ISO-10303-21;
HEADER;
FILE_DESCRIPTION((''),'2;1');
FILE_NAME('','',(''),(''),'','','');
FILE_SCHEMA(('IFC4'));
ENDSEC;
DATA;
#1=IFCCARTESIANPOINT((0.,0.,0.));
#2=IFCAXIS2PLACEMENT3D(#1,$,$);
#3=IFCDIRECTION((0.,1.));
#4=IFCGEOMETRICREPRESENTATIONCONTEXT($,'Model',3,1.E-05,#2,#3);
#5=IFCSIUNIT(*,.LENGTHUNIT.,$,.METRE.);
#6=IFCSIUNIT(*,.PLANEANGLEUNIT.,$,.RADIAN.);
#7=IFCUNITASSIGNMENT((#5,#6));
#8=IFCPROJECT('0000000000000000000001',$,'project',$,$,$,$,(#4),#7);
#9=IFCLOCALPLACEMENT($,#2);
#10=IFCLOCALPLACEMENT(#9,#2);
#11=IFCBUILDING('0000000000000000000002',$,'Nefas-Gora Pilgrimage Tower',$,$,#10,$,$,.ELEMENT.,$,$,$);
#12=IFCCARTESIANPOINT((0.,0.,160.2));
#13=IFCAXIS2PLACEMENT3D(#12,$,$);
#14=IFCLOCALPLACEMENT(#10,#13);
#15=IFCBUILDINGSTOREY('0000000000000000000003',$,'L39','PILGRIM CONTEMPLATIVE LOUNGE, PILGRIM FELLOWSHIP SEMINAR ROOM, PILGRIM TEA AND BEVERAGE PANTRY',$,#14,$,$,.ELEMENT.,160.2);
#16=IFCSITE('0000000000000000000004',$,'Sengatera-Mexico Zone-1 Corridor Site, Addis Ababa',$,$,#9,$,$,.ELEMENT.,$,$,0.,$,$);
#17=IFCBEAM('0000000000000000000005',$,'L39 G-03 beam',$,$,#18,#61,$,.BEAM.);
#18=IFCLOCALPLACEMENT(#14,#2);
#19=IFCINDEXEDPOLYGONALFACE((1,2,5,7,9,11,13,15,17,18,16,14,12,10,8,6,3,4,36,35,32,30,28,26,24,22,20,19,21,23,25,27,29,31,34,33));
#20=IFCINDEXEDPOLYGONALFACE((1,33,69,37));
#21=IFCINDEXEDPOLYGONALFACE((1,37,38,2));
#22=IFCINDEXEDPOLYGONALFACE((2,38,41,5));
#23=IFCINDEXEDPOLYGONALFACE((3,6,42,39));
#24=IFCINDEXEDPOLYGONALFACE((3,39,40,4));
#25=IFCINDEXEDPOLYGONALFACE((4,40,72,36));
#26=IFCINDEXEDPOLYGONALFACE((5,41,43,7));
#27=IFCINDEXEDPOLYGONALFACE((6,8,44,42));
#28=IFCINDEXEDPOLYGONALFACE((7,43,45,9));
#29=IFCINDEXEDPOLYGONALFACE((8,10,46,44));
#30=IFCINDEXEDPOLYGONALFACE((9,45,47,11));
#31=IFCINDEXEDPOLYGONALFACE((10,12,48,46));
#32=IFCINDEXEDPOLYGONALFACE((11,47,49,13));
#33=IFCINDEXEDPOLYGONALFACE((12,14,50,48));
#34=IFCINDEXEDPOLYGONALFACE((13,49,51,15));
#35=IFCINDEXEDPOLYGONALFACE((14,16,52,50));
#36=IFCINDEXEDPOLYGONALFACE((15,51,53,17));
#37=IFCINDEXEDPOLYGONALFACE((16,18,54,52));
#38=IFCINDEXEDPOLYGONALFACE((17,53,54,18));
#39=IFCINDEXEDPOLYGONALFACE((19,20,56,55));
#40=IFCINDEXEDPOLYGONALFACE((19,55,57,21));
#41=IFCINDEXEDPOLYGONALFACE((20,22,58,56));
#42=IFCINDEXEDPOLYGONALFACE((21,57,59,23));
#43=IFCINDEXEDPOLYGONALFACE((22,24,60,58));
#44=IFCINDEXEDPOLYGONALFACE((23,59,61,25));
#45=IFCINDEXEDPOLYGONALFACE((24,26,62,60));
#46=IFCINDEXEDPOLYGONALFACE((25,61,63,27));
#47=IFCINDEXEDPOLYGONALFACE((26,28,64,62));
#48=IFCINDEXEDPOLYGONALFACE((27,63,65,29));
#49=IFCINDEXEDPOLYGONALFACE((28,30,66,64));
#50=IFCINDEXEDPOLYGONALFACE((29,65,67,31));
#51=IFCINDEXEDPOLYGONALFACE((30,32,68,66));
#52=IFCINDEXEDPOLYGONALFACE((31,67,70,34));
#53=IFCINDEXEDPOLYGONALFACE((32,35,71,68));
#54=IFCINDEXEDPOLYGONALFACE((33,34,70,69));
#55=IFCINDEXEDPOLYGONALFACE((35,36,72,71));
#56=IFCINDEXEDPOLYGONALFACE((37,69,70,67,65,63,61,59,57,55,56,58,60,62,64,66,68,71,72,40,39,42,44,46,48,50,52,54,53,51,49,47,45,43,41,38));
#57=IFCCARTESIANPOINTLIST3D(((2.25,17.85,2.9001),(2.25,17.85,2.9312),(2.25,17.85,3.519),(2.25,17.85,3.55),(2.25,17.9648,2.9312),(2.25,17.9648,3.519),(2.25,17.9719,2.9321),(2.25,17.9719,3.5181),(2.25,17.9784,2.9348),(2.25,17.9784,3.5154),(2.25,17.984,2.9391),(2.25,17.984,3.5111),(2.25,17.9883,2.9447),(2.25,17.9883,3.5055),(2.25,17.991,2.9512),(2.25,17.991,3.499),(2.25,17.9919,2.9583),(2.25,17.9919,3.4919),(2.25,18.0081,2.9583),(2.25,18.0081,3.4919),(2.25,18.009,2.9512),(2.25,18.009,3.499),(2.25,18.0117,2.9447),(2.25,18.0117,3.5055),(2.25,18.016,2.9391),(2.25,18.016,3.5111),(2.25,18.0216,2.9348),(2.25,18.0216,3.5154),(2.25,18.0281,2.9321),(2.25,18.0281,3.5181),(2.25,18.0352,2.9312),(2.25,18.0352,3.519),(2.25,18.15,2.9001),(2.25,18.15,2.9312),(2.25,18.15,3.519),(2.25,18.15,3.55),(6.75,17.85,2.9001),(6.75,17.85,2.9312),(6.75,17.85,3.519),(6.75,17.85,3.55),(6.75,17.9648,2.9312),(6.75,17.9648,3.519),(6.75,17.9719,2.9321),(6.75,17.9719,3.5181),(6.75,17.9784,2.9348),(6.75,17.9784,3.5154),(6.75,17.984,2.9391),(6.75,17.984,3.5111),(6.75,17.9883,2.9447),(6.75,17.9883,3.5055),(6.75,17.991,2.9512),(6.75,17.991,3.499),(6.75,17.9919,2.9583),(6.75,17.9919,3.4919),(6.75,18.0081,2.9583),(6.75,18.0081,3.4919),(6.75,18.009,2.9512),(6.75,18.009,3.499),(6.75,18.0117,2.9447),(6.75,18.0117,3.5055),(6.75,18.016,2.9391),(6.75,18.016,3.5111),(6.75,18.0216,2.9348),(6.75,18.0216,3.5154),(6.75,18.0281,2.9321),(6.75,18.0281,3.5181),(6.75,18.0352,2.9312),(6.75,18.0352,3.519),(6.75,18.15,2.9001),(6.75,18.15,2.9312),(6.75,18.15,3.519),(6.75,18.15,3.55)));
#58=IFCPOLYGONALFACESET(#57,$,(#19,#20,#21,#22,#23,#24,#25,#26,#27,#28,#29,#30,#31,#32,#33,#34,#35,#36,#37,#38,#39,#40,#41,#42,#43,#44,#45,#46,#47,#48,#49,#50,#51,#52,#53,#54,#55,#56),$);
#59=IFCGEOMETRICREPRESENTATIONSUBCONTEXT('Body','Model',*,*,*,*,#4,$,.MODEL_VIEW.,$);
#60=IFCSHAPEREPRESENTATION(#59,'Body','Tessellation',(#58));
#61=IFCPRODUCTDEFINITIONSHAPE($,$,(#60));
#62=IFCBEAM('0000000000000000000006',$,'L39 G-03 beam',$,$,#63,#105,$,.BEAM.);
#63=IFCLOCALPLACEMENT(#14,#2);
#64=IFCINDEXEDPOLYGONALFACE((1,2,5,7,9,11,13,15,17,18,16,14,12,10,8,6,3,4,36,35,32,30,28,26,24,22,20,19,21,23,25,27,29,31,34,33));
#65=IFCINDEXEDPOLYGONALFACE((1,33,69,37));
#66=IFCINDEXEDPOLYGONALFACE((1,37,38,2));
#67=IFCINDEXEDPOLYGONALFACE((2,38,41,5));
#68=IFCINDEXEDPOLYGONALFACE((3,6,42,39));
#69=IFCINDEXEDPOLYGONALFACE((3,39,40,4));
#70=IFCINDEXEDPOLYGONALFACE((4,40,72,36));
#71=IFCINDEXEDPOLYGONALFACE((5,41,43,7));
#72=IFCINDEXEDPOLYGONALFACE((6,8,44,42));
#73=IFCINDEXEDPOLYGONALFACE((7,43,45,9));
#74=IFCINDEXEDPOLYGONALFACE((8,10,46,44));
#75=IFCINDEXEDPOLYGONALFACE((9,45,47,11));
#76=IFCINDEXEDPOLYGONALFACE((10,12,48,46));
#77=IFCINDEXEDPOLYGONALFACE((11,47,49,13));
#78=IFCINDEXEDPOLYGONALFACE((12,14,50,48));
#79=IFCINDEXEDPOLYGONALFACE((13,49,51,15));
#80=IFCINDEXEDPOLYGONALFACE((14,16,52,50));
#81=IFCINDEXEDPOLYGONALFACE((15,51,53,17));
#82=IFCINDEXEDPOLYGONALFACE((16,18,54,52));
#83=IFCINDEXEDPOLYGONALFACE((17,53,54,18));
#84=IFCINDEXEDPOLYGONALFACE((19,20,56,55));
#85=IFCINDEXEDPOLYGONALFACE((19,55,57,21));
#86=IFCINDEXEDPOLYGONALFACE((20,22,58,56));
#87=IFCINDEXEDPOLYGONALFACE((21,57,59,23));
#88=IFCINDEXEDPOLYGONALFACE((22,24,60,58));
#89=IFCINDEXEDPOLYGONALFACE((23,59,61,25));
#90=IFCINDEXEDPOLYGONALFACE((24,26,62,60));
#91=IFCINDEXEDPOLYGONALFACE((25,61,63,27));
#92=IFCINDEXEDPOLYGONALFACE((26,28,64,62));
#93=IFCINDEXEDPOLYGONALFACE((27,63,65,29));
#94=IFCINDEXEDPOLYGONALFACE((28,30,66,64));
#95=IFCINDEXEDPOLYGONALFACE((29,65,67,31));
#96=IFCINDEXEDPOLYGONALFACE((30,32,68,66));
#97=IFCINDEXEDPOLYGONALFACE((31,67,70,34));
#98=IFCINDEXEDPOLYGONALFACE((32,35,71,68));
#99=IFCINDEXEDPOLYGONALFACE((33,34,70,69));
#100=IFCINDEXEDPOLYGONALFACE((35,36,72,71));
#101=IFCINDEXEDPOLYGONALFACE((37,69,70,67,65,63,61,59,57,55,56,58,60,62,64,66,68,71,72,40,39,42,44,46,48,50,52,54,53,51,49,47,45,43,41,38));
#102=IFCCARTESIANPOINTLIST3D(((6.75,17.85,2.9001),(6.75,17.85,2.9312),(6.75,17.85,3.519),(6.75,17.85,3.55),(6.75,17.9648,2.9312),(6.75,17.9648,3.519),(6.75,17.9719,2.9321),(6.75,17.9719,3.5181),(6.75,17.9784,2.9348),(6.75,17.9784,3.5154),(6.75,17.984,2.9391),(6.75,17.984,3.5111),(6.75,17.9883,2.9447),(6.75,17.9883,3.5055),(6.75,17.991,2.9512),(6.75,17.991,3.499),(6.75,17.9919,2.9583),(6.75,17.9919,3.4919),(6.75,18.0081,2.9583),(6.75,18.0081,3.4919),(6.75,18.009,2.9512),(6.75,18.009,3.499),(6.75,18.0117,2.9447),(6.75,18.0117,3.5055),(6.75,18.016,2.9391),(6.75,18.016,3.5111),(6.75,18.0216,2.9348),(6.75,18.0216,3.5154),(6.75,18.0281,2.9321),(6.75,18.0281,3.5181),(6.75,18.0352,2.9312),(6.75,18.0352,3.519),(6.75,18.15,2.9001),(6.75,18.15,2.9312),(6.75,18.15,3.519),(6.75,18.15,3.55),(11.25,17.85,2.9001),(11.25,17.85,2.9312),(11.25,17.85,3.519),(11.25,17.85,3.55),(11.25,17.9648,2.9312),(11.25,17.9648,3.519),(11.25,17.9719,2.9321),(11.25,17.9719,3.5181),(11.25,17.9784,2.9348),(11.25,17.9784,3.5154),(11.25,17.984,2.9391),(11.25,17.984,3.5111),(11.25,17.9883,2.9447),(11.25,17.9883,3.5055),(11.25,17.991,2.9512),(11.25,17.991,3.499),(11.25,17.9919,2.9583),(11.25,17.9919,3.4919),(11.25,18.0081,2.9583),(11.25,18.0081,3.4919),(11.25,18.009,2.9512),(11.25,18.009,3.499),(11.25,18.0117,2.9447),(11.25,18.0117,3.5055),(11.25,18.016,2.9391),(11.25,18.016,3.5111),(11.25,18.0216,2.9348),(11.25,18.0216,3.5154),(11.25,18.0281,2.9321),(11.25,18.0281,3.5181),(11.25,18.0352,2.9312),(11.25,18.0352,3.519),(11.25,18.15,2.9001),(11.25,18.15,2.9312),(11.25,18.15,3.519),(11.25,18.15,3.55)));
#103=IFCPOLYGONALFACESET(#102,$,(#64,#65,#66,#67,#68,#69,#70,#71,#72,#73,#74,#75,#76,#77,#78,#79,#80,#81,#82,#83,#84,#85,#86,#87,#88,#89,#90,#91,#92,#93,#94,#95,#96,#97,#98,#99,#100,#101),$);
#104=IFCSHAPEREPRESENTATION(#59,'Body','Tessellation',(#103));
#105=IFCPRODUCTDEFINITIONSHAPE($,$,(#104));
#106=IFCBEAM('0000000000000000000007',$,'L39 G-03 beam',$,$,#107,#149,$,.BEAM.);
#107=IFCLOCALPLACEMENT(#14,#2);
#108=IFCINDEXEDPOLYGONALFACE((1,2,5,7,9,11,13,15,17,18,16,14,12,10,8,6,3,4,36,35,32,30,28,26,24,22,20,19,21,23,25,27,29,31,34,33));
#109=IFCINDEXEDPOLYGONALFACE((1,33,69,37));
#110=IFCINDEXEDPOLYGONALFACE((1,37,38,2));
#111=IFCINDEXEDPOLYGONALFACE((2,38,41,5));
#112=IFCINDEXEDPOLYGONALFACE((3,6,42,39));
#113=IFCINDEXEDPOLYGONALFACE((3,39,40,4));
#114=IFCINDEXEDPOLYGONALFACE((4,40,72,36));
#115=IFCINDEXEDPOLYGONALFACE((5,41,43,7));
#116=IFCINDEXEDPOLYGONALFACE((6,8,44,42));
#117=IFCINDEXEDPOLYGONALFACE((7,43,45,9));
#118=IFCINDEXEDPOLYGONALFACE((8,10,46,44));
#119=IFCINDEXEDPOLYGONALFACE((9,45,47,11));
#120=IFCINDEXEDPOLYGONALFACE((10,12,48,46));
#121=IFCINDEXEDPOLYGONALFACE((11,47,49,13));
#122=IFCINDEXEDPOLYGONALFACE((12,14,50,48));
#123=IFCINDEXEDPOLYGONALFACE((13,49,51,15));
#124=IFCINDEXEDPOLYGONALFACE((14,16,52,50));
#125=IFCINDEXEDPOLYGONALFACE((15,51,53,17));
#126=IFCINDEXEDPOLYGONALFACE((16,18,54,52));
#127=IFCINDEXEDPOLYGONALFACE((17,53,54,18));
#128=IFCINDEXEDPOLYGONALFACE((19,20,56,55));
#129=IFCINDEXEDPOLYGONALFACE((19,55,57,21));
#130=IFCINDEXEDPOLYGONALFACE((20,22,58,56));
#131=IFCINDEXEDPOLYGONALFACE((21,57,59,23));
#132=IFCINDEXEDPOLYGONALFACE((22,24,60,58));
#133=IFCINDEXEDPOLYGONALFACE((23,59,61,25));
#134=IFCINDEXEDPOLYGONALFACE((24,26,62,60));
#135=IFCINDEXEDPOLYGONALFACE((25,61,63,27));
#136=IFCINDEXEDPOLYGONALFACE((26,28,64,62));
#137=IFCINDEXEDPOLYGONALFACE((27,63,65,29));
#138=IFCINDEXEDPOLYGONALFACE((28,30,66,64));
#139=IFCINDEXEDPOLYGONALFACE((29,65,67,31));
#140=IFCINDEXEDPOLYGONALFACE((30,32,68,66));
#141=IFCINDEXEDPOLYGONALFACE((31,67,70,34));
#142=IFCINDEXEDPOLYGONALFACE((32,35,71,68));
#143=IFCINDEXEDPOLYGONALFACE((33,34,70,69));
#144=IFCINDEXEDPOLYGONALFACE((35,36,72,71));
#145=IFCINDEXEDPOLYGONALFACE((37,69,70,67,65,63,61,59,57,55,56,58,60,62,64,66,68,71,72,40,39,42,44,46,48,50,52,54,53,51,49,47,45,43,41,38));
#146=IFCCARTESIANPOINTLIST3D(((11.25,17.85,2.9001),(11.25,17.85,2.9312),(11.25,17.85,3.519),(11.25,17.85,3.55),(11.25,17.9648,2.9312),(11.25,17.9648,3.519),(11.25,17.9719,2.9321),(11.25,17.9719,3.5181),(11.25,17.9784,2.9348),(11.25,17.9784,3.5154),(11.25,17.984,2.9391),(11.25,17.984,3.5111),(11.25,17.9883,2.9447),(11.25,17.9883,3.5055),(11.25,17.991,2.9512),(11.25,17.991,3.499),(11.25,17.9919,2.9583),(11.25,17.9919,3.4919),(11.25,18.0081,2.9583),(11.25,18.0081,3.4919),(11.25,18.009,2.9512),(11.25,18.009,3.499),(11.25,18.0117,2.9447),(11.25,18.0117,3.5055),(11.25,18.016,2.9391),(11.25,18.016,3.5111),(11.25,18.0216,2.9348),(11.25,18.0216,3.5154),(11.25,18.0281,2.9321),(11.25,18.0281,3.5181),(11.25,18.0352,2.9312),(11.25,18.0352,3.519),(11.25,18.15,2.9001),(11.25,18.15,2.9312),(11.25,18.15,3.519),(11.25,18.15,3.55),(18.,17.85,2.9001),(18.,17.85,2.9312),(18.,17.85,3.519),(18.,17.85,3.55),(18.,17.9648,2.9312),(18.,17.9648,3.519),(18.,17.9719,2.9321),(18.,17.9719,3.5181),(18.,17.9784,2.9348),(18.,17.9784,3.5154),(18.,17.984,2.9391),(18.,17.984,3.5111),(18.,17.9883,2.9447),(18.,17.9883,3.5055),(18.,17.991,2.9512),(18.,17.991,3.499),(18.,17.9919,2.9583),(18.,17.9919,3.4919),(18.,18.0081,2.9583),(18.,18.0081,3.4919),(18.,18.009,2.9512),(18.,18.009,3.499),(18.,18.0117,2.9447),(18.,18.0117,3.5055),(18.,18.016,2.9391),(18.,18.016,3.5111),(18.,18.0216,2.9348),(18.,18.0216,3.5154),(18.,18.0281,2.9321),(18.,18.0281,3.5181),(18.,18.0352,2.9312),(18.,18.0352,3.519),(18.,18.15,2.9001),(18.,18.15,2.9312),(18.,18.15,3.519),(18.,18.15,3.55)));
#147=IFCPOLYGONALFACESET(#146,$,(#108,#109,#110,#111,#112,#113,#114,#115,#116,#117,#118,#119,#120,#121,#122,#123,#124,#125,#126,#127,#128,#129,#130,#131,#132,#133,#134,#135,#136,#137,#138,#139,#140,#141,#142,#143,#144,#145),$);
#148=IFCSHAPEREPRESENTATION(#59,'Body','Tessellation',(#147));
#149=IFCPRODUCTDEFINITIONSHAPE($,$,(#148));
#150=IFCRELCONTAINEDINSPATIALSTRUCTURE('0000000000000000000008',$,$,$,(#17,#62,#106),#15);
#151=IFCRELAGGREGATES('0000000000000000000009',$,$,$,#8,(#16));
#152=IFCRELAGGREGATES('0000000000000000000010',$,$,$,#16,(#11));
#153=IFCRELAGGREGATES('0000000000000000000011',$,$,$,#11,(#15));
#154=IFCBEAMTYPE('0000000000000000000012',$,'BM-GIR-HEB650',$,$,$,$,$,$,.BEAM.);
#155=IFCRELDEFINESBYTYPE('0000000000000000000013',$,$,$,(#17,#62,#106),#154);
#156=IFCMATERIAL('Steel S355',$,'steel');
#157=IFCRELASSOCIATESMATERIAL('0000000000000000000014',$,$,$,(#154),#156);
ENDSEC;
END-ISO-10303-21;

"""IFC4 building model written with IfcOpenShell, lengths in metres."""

from ifc_helpers import new_model, si_unit, direction, frame, origin, origin_2d, place, context, subcontext, project, spatial, i_section, extrude, source, transform, mapped, material, material_profile, profile_set, type_object, element, save


model = new_model("IFC4")

# Units and contexts
model_context = context("Model", 3, precision=1e-05, world=origin(), true_north=direction((0.0, 1.0)))
body_context = subcontext(model_context, "Body", "Model", "MODEL_VIEW")
ifc_project = project(units=[si_unit("LENGTHUNIT", "METRE"), si_unit("PLANEANGLEUNIT", "RADIAN")], contexts=[model_context])

# Site, building, storey
site_placement = place(None, origin())
site = spatial("IfcSite", under=ifc_project, at=site_placement, Name="Sengatera-Mexico Zone-1 Corridor Site, Addis Ababa", CompositionType="ELEMENT", RefElevation=0.0)
building_placement = place(site_placement, origin())
building = spatial("IfcBuilding", under=site, at=building_placement, Name="Nefas-Gora Pilgrimage Tower", CompositionType="ELEMENT")
storey_placement = place(building_placement, frame((0.0, 0.0, 160.2)))
storey = spatial("IfcBuildingStorey", under=building, at=storey_placement, Name="L39", Description="PILGRIM CONTEMPLATIVE LOUNGE, PILGRIM FELLOWSHIP SEMINAR ROOM, PILGRIM TEA AND BEVERAGE PANTRY", CompositionType="ELEMENT", Elevation=160.2)

# Beams
ifc_material_1 = material(Name="Steel S355", Category="steel")
ifc_material_profile_1 = material_profile(ifc_material_1, i_section(OverallWidth=0.3, OverallDepth=0.6499, WebThickness=0.0161, FlangeThickness=0.031, FilletRadius=0.0271, at=origin_2d()), Name="HEB 650")
ifc_profile_set_1 = profile_set([ifc_material_profile_1], Name="Steel S355")
beam_type = type_object("IfcBeamType", Name="BM-GIR-HEB650", PredefinedType="BEAM", material=ifc_profile_set_1)
shared_shape_1 = source(origin(), body_context, "Body", "SweptSolid", [
    extrude(i_section(OverallWidth=0.3, OverallDepth=0.6499, WebThickness=0.0161, FlangeThickness=0.031, FilletRadius=0.0271, at=origin_2d()), origin(), (0.0, 0.0, 1.0), 4.5),
])
for number, where, z_axis, x_axis, name in (
    (1, (2.25, 18.0, 3.2251), (1.0, 0.0, 0.0), (0.0, 1.0, 0.0), "L39 G-03 beam"),
    (2, (6.75, 18.0, 3.2251), (1.0, 0.0, 0.0), (0.0, 1.0, 0.0), "L39 G-03 beam"),
):
    element("IfcBeam", number, at=place(storey_placement, frame(where, z_axis=z_axis, x_axis=x_axis)), inside=storey, type_object=beam_type, Name=name, PredefinedType="BEAM", context=body_context, shape_type="MappedRepresentation", body=[
        mapped(shared_shape_1, transform((0.0, 0.0, 0.0), x_axis=(1.0, 0.0, 0.0), y_axis=(0.0, 1.0, 0.0), z_axis=(0.0, 0.0, 1.0), scale=1.0)),
    ])
shared_shape_2 = source(origin(), body_context, "Body", "SweptSolid", [
    extrude(i_section(OverallWidth=0.3, OverallDepth=0.6499, WebThickness=0.0161, FlangeThickness=0.031, FilletRadius=0.0271, at=origin_2d()), origin(), (0.0, 0.0, 1.0), 6.75),
])
beam_placement = place(storey_placement, frame((11.25, 18.0, 3.2251), z_axis=(1.0, 0.0, 0.0), x_axis=(0.0, 1.0, 0.0)))
element("IfcBeam", 3, at=beam_placement, inside=storey, type_object=beam_type, Name="L39 G-03 beam", PredefinedType="BEAM", context=body_context, shape_type="MappedRepresentation", body=[
    mapped(shared_shape_2, transform((0.0, 0.0, 0.0), x_axis=(1.0, 0.0, 0.0), y_axis=(0.0, 1.0, 0.0), z_axis=(0.0, 0.0, 1.0), scale=1.0)),
])

save(model, "model.ifc")
